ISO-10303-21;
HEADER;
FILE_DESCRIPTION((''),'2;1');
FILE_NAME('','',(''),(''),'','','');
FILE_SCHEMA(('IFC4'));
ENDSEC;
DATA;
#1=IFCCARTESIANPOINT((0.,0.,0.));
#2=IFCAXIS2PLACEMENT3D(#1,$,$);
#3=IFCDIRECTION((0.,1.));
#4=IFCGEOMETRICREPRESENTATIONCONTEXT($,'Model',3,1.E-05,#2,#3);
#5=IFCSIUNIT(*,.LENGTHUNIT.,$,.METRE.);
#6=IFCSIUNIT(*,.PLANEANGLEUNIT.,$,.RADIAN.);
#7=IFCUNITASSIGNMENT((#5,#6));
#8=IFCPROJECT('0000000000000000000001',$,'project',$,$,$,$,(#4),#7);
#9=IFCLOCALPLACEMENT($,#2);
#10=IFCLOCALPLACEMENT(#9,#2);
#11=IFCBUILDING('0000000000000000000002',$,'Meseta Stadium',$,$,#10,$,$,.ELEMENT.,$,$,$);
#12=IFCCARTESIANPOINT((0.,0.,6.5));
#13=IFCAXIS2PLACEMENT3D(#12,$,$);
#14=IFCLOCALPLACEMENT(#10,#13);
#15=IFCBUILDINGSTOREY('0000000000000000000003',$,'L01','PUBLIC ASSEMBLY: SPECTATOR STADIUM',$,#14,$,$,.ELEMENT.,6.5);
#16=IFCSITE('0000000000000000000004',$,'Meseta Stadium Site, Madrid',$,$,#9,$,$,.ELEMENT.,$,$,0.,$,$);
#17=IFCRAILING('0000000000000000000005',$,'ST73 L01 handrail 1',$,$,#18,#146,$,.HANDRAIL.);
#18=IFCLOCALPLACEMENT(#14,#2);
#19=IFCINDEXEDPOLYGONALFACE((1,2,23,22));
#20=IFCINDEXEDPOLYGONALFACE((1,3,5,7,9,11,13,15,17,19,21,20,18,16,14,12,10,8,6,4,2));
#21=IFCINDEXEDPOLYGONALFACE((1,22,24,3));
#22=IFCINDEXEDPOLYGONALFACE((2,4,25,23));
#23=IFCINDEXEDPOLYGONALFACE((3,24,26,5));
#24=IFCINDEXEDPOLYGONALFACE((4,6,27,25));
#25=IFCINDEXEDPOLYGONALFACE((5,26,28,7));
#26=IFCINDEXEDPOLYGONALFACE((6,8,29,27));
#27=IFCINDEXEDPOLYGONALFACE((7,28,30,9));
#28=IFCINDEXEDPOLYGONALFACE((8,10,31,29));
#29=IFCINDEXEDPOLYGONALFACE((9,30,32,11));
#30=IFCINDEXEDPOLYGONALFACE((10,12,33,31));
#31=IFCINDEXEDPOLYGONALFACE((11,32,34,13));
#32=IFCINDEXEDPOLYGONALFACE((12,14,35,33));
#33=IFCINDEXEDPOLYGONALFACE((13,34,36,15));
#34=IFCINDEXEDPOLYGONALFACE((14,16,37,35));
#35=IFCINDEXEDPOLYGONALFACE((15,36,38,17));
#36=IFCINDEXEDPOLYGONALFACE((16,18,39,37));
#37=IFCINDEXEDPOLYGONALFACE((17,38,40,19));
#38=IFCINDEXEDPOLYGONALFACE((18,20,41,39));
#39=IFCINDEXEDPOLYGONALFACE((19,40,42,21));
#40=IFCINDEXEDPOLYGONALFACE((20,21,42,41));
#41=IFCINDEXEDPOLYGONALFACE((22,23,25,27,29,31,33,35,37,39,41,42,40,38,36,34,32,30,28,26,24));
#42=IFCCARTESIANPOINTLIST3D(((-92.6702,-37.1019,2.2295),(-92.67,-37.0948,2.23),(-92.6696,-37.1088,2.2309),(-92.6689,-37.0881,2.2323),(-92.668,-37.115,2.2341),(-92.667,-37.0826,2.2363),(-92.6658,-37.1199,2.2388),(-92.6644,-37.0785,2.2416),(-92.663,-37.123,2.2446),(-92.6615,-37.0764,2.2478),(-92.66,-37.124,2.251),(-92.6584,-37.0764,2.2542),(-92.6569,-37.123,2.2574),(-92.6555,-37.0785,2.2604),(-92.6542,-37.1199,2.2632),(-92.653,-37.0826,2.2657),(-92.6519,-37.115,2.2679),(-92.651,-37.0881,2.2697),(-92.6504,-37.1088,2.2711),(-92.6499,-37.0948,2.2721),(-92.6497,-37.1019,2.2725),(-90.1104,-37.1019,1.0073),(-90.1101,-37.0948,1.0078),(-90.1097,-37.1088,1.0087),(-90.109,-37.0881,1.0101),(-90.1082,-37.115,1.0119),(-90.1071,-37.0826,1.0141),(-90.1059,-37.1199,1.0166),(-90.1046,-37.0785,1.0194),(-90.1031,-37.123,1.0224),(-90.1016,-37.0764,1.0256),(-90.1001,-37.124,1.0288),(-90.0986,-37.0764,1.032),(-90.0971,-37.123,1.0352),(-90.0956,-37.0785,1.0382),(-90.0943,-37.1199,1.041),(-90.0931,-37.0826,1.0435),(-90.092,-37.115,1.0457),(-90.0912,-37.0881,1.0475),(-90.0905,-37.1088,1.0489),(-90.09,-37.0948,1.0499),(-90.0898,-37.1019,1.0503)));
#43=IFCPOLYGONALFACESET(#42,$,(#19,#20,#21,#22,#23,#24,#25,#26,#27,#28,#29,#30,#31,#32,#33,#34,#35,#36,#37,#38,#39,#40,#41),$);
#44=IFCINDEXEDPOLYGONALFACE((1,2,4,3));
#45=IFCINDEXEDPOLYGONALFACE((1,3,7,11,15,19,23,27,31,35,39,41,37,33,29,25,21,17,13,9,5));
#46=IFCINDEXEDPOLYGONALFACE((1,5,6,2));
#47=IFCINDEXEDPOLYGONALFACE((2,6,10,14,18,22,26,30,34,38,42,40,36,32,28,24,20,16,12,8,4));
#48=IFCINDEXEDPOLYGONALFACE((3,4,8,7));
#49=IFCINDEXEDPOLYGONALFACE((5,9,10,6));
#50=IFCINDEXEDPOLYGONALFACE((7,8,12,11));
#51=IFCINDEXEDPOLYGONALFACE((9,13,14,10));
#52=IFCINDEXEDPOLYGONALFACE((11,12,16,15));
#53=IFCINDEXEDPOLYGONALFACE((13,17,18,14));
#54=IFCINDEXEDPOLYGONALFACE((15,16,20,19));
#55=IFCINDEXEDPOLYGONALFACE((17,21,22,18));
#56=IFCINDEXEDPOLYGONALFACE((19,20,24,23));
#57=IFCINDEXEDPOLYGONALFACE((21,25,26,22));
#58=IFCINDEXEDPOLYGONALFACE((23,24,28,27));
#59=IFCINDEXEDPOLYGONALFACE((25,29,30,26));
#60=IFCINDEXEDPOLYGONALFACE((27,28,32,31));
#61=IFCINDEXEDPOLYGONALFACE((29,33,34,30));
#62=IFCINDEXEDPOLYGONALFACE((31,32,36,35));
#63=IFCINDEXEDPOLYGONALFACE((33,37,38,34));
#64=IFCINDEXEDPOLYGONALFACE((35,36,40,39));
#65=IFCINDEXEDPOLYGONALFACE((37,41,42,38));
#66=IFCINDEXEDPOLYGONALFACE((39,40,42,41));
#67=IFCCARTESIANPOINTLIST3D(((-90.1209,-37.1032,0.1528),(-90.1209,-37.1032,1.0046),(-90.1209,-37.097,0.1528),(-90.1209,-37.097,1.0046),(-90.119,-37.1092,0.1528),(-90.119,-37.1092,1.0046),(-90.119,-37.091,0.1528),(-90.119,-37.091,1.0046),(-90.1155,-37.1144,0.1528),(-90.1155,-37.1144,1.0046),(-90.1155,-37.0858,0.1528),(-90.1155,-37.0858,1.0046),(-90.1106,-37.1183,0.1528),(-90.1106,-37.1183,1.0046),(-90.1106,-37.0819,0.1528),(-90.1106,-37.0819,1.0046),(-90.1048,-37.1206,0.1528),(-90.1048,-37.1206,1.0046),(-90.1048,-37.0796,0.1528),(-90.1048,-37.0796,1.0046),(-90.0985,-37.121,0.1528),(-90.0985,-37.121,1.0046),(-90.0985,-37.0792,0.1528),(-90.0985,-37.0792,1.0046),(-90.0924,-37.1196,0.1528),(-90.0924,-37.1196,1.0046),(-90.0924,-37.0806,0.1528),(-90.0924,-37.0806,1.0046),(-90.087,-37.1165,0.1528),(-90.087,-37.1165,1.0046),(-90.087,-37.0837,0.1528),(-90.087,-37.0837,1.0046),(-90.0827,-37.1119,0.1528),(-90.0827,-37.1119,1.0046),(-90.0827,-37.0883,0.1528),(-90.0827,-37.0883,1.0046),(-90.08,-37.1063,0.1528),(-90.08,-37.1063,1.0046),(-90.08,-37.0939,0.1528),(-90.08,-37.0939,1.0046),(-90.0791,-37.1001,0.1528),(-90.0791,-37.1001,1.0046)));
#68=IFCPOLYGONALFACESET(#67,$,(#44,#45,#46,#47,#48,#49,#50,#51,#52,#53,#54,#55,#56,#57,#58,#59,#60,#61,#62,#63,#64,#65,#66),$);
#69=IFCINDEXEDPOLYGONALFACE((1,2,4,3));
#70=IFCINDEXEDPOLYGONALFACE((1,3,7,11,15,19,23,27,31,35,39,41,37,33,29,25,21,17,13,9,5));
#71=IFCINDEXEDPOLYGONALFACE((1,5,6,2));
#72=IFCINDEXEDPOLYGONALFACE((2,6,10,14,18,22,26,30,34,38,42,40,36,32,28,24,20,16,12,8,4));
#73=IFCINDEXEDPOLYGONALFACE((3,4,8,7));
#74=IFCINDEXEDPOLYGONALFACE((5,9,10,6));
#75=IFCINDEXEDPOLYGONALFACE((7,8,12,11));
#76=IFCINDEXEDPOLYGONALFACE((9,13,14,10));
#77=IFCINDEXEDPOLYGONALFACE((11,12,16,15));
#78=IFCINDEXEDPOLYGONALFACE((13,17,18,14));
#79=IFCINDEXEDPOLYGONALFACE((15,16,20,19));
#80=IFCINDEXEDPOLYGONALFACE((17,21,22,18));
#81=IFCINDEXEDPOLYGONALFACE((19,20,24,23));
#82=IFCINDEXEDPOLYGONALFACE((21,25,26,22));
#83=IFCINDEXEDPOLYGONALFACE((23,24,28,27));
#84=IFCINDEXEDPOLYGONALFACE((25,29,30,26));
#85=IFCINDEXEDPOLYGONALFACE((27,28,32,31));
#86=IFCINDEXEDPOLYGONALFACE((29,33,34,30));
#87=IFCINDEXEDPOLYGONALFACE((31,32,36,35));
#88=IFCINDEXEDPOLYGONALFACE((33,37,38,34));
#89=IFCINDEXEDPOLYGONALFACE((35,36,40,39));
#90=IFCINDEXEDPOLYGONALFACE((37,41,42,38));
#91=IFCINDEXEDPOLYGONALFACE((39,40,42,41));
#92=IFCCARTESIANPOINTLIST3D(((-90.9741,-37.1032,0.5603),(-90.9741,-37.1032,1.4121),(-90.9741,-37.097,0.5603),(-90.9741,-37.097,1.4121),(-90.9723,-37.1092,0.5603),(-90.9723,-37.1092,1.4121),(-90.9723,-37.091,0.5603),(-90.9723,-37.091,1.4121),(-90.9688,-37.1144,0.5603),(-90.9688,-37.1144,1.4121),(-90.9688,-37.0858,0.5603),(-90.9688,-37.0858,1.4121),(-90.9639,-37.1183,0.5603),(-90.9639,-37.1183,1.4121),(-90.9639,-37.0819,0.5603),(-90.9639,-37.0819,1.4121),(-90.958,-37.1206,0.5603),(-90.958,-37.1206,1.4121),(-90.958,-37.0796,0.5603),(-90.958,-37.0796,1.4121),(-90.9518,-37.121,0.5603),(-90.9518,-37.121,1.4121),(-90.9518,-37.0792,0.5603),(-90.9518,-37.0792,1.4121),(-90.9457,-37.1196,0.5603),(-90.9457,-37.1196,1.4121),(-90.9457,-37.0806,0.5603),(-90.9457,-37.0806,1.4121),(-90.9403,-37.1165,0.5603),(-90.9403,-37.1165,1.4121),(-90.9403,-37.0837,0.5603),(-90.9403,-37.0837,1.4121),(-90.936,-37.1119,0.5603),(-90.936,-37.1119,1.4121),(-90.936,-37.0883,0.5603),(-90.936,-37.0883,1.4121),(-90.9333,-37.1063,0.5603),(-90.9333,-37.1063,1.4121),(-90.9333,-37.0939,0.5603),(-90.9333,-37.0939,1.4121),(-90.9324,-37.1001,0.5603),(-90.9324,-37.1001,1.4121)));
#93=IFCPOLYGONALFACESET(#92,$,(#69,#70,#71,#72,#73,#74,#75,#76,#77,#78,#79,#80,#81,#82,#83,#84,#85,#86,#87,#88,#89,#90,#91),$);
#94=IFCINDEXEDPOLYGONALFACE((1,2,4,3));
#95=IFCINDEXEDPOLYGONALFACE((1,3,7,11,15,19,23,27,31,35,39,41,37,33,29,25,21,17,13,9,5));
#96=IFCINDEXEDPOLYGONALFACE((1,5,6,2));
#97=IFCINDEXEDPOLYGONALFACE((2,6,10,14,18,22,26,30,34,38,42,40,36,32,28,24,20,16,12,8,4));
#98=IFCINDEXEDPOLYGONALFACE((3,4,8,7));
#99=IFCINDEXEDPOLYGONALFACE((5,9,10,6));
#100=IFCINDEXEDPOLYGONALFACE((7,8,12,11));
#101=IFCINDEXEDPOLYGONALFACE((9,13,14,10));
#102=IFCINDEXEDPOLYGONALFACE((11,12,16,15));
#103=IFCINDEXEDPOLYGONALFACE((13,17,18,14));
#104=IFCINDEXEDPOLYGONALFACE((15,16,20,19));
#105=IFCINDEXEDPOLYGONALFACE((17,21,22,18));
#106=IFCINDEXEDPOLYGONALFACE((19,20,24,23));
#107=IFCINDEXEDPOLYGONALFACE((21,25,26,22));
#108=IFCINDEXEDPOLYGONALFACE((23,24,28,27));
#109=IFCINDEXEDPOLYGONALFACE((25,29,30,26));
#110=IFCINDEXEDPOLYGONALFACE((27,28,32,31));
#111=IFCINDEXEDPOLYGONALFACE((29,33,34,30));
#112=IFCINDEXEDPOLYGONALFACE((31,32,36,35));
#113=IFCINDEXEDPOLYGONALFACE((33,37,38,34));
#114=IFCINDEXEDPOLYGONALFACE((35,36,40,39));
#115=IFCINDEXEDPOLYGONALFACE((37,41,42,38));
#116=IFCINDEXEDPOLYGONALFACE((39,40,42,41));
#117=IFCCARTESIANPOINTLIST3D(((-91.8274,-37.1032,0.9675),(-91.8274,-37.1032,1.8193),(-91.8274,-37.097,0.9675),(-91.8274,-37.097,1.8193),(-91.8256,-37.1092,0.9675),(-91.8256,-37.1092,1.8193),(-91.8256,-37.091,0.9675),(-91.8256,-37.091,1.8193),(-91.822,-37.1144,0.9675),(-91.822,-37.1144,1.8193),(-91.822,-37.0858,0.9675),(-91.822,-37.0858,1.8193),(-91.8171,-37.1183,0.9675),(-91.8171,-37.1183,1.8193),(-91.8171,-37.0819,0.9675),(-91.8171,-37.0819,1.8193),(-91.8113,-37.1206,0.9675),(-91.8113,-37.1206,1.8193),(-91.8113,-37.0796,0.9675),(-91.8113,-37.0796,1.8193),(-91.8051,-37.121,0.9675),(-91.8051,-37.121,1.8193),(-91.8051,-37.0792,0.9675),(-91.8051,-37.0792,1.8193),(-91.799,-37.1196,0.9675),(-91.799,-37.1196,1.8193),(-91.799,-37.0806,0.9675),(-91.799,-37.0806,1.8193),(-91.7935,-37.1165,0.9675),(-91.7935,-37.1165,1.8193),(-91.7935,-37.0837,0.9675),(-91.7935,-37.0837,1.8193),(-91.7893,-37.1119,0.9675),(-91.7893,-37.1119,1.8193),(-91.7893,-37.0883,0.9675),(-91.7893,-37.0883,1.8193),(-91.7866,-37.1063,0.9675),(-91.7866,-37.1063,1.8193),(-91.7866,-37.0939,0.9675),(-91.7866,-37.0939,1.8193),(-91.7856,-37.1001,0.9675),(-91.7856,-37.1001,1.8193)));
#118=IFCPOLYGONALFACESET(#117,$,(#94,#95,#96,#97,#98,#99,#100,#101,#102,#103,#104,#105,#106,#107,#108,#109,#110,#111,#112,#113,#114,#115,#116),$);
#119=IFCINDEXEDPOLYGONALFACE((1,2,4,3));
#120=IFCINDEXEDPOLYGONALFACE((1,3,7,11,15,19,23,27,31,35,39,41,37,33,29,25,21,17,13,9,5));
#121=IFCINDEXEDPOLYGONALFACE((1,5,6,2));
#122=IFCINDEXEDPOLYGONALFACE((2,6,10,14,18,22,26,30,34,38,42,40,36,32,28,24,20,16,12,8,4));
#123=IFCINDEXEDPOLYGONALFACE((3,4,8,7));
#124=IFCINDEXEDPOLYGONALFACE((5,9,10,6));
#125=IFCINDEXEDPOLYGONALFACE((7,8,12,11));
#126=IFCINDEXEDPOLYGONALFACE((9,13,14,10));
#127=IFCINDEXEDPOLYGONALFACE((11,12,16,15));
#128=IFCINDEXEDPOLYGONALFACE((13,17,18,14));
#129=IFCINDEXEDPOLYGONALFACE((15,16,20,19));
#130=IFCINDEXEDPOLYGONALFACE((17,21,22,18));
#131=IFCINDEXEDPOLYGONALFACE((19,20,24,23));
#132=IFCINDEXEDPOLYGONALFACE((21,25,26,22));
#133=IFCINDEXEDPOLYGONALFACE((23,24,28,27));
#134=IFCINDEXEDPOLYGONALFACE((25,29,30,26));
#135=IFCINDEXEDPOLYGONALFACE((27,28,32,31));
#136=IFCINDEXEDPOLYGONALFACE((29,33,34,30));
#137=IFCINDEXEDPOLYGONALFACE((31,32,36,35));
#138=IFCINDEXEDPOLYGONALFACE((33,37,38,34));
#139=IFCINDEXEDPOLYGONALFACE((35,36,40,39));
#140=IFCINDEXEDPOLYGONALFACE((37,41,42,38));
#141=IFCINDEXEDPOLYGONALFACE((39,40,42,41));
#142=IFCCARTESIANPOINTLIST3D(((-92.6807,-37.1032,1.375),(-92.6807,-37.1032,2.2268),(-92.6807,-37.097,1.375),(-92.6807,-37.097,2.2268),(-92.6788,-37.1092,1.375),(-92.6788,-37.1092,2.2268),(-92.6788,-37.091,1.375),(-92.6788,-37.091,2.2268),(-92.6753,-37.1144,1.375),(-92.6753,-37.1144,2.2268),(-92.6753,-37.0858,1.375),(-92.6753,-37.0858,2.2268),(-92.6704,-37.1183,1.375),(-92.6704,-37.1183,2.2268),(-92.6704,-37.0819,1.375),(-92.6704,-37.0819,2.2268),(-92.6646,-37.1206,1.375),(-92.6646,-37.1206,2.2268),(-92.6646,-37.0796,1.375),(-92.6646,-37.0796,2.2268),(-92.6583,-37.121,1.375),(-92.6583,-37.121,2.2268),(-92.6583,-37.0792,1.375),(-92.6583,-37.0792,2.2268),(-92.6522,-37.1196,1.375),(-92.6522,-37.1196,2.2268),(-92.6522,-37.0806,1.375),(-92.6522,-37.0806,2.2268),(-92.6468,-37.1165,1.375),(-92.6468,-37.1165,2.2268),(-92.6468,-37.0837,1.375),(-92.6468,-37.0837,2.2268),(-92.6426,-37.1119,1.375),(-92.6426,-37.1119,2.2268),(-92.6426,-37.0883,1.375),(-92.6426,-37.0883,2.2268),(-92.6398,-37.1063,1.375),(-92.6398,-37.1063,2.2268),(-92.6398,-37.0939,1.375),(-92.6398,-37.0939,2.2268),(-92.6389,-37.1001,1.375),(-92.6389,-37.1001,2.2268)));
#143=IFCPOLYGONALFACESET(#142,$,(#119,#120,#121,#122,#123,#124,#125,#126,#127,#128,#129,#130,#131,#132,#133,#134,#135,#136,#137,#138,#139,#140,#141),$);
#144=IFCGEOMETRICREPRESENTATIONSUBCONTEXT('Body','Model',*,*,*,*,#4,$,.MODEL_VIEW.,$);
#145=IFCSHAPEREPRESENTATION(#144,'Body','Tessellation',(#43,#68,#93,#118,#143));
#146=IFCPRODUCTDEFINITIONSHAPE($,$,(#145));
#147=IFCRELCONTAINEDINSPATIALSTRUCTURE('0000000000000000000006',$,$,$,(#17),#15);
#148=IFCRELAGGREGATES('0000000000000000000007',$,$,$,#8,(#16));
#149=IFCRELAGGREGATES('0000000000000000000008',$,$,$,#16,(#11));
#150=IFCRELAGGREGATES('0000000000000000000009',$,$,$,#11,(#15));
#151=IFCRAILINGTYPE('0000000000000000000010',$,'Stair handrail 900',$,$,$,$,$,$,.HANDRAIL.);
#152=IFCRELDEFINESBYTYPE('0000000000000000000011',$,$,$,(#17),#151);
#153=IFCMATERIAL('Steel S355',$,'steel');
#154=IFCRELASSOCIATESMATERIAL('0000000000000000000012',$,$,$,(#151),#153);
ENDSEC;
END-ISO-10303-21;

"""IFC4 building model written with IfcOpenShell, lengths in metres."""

from ifc_helpers import new_model, si_unit, direction, frame, origin, origin_2d, place, context, subcontext, project, spatial, circle, extrude, material, type_object, element, save


model = new_model("IFC4")

# Units and contexts
model_context = context("Model", 3, precision=1e-05, world=origin(), true_north=direction((0.0, 1.0)))
body_context = subcontext(model_context, "Body", "Model", "MODEL_VIEW")
ifc_project = project(units=[si_unit("LENGTHUNIT", "METRE"), si_unit("PLANEANGLEUNIT", "RADIAN")], contexts=[model_context])

# Site, building, storey
site_placement = place(None, origin())
site = spatial("IfcSite", under=ifc_project, at=site_placement, Name="Meseta Stadium Site, Madrid", CompositionType="ELEMENT", RefElevation=0.0)
building_placement = place(site_placement, origin())
building = spatial("IfcBuilding", under=site, at=building_placement, Name="Meseta Stadium", CompositionType="ELEMENT")
storey_placement = place(building_placement, frame((0.0, 0.0, 6.5)))
storey = spatial("IfcBuildingStorey", under=building, at=storey_placement, Name="L01", Description="PUBLIC ASSEMBLY: SPECTATOR STADIUM", CompositionType="ELEMENT", Elevation=6.5)

# Railing
ifc_material_1 = material(Name="Steel S355", Category="steel")
railing_type = type_object("IfcRailingType", Name="Stair handrail 900", PredefinedType="HANDRAIL", material=ifc_material_1)
for number, where, name in (
    (1, (-90.1001, -37.1001, 0.1528), "ST73 L01 handrail 1"),
):
    element("IfcRailing", number, at=place(storey_placement, frame(where)), inside=storey, type_object=railing_type, Name=name, PredefinedType="HANDRAIL", context=body_context, shape_type="SweptSolid", body=[
        extrude(circle(Radius=0.0239, at=origin_2d()), frame((0.0, 0.0, 0.876), z_axis=(-0.902421, 0.0, 0.430855), x_axis=(0.0, -1.0, 0.0)), (0.0, 0.0, 1.0), 2.8367),
        extrude(circle(Radius=0.021, at=origin_2d()), origin(), (0.0, 0.0, 1.0), 0.8518),
        extrude(circle(Radius=0.021, at=origin_2d()), frame((-0.8533, 0.0, 0.4075)), (0.0, 0.0, 1.0), 0.8518),
        extrude(circle(Radius=0.021, at=origin_2d()), frame((-1.7065, 0.0, 0.8147)), (0.0, 0.0, 1.0), 0.8518),
        extrude(circle(Radius=0.021, at=origin_2d()), frame((-2.5598, 0.0, 1.2222)), (0.0, 0.0, 1.0), 0.8518),
    ])

save(model, "model.ifc")
